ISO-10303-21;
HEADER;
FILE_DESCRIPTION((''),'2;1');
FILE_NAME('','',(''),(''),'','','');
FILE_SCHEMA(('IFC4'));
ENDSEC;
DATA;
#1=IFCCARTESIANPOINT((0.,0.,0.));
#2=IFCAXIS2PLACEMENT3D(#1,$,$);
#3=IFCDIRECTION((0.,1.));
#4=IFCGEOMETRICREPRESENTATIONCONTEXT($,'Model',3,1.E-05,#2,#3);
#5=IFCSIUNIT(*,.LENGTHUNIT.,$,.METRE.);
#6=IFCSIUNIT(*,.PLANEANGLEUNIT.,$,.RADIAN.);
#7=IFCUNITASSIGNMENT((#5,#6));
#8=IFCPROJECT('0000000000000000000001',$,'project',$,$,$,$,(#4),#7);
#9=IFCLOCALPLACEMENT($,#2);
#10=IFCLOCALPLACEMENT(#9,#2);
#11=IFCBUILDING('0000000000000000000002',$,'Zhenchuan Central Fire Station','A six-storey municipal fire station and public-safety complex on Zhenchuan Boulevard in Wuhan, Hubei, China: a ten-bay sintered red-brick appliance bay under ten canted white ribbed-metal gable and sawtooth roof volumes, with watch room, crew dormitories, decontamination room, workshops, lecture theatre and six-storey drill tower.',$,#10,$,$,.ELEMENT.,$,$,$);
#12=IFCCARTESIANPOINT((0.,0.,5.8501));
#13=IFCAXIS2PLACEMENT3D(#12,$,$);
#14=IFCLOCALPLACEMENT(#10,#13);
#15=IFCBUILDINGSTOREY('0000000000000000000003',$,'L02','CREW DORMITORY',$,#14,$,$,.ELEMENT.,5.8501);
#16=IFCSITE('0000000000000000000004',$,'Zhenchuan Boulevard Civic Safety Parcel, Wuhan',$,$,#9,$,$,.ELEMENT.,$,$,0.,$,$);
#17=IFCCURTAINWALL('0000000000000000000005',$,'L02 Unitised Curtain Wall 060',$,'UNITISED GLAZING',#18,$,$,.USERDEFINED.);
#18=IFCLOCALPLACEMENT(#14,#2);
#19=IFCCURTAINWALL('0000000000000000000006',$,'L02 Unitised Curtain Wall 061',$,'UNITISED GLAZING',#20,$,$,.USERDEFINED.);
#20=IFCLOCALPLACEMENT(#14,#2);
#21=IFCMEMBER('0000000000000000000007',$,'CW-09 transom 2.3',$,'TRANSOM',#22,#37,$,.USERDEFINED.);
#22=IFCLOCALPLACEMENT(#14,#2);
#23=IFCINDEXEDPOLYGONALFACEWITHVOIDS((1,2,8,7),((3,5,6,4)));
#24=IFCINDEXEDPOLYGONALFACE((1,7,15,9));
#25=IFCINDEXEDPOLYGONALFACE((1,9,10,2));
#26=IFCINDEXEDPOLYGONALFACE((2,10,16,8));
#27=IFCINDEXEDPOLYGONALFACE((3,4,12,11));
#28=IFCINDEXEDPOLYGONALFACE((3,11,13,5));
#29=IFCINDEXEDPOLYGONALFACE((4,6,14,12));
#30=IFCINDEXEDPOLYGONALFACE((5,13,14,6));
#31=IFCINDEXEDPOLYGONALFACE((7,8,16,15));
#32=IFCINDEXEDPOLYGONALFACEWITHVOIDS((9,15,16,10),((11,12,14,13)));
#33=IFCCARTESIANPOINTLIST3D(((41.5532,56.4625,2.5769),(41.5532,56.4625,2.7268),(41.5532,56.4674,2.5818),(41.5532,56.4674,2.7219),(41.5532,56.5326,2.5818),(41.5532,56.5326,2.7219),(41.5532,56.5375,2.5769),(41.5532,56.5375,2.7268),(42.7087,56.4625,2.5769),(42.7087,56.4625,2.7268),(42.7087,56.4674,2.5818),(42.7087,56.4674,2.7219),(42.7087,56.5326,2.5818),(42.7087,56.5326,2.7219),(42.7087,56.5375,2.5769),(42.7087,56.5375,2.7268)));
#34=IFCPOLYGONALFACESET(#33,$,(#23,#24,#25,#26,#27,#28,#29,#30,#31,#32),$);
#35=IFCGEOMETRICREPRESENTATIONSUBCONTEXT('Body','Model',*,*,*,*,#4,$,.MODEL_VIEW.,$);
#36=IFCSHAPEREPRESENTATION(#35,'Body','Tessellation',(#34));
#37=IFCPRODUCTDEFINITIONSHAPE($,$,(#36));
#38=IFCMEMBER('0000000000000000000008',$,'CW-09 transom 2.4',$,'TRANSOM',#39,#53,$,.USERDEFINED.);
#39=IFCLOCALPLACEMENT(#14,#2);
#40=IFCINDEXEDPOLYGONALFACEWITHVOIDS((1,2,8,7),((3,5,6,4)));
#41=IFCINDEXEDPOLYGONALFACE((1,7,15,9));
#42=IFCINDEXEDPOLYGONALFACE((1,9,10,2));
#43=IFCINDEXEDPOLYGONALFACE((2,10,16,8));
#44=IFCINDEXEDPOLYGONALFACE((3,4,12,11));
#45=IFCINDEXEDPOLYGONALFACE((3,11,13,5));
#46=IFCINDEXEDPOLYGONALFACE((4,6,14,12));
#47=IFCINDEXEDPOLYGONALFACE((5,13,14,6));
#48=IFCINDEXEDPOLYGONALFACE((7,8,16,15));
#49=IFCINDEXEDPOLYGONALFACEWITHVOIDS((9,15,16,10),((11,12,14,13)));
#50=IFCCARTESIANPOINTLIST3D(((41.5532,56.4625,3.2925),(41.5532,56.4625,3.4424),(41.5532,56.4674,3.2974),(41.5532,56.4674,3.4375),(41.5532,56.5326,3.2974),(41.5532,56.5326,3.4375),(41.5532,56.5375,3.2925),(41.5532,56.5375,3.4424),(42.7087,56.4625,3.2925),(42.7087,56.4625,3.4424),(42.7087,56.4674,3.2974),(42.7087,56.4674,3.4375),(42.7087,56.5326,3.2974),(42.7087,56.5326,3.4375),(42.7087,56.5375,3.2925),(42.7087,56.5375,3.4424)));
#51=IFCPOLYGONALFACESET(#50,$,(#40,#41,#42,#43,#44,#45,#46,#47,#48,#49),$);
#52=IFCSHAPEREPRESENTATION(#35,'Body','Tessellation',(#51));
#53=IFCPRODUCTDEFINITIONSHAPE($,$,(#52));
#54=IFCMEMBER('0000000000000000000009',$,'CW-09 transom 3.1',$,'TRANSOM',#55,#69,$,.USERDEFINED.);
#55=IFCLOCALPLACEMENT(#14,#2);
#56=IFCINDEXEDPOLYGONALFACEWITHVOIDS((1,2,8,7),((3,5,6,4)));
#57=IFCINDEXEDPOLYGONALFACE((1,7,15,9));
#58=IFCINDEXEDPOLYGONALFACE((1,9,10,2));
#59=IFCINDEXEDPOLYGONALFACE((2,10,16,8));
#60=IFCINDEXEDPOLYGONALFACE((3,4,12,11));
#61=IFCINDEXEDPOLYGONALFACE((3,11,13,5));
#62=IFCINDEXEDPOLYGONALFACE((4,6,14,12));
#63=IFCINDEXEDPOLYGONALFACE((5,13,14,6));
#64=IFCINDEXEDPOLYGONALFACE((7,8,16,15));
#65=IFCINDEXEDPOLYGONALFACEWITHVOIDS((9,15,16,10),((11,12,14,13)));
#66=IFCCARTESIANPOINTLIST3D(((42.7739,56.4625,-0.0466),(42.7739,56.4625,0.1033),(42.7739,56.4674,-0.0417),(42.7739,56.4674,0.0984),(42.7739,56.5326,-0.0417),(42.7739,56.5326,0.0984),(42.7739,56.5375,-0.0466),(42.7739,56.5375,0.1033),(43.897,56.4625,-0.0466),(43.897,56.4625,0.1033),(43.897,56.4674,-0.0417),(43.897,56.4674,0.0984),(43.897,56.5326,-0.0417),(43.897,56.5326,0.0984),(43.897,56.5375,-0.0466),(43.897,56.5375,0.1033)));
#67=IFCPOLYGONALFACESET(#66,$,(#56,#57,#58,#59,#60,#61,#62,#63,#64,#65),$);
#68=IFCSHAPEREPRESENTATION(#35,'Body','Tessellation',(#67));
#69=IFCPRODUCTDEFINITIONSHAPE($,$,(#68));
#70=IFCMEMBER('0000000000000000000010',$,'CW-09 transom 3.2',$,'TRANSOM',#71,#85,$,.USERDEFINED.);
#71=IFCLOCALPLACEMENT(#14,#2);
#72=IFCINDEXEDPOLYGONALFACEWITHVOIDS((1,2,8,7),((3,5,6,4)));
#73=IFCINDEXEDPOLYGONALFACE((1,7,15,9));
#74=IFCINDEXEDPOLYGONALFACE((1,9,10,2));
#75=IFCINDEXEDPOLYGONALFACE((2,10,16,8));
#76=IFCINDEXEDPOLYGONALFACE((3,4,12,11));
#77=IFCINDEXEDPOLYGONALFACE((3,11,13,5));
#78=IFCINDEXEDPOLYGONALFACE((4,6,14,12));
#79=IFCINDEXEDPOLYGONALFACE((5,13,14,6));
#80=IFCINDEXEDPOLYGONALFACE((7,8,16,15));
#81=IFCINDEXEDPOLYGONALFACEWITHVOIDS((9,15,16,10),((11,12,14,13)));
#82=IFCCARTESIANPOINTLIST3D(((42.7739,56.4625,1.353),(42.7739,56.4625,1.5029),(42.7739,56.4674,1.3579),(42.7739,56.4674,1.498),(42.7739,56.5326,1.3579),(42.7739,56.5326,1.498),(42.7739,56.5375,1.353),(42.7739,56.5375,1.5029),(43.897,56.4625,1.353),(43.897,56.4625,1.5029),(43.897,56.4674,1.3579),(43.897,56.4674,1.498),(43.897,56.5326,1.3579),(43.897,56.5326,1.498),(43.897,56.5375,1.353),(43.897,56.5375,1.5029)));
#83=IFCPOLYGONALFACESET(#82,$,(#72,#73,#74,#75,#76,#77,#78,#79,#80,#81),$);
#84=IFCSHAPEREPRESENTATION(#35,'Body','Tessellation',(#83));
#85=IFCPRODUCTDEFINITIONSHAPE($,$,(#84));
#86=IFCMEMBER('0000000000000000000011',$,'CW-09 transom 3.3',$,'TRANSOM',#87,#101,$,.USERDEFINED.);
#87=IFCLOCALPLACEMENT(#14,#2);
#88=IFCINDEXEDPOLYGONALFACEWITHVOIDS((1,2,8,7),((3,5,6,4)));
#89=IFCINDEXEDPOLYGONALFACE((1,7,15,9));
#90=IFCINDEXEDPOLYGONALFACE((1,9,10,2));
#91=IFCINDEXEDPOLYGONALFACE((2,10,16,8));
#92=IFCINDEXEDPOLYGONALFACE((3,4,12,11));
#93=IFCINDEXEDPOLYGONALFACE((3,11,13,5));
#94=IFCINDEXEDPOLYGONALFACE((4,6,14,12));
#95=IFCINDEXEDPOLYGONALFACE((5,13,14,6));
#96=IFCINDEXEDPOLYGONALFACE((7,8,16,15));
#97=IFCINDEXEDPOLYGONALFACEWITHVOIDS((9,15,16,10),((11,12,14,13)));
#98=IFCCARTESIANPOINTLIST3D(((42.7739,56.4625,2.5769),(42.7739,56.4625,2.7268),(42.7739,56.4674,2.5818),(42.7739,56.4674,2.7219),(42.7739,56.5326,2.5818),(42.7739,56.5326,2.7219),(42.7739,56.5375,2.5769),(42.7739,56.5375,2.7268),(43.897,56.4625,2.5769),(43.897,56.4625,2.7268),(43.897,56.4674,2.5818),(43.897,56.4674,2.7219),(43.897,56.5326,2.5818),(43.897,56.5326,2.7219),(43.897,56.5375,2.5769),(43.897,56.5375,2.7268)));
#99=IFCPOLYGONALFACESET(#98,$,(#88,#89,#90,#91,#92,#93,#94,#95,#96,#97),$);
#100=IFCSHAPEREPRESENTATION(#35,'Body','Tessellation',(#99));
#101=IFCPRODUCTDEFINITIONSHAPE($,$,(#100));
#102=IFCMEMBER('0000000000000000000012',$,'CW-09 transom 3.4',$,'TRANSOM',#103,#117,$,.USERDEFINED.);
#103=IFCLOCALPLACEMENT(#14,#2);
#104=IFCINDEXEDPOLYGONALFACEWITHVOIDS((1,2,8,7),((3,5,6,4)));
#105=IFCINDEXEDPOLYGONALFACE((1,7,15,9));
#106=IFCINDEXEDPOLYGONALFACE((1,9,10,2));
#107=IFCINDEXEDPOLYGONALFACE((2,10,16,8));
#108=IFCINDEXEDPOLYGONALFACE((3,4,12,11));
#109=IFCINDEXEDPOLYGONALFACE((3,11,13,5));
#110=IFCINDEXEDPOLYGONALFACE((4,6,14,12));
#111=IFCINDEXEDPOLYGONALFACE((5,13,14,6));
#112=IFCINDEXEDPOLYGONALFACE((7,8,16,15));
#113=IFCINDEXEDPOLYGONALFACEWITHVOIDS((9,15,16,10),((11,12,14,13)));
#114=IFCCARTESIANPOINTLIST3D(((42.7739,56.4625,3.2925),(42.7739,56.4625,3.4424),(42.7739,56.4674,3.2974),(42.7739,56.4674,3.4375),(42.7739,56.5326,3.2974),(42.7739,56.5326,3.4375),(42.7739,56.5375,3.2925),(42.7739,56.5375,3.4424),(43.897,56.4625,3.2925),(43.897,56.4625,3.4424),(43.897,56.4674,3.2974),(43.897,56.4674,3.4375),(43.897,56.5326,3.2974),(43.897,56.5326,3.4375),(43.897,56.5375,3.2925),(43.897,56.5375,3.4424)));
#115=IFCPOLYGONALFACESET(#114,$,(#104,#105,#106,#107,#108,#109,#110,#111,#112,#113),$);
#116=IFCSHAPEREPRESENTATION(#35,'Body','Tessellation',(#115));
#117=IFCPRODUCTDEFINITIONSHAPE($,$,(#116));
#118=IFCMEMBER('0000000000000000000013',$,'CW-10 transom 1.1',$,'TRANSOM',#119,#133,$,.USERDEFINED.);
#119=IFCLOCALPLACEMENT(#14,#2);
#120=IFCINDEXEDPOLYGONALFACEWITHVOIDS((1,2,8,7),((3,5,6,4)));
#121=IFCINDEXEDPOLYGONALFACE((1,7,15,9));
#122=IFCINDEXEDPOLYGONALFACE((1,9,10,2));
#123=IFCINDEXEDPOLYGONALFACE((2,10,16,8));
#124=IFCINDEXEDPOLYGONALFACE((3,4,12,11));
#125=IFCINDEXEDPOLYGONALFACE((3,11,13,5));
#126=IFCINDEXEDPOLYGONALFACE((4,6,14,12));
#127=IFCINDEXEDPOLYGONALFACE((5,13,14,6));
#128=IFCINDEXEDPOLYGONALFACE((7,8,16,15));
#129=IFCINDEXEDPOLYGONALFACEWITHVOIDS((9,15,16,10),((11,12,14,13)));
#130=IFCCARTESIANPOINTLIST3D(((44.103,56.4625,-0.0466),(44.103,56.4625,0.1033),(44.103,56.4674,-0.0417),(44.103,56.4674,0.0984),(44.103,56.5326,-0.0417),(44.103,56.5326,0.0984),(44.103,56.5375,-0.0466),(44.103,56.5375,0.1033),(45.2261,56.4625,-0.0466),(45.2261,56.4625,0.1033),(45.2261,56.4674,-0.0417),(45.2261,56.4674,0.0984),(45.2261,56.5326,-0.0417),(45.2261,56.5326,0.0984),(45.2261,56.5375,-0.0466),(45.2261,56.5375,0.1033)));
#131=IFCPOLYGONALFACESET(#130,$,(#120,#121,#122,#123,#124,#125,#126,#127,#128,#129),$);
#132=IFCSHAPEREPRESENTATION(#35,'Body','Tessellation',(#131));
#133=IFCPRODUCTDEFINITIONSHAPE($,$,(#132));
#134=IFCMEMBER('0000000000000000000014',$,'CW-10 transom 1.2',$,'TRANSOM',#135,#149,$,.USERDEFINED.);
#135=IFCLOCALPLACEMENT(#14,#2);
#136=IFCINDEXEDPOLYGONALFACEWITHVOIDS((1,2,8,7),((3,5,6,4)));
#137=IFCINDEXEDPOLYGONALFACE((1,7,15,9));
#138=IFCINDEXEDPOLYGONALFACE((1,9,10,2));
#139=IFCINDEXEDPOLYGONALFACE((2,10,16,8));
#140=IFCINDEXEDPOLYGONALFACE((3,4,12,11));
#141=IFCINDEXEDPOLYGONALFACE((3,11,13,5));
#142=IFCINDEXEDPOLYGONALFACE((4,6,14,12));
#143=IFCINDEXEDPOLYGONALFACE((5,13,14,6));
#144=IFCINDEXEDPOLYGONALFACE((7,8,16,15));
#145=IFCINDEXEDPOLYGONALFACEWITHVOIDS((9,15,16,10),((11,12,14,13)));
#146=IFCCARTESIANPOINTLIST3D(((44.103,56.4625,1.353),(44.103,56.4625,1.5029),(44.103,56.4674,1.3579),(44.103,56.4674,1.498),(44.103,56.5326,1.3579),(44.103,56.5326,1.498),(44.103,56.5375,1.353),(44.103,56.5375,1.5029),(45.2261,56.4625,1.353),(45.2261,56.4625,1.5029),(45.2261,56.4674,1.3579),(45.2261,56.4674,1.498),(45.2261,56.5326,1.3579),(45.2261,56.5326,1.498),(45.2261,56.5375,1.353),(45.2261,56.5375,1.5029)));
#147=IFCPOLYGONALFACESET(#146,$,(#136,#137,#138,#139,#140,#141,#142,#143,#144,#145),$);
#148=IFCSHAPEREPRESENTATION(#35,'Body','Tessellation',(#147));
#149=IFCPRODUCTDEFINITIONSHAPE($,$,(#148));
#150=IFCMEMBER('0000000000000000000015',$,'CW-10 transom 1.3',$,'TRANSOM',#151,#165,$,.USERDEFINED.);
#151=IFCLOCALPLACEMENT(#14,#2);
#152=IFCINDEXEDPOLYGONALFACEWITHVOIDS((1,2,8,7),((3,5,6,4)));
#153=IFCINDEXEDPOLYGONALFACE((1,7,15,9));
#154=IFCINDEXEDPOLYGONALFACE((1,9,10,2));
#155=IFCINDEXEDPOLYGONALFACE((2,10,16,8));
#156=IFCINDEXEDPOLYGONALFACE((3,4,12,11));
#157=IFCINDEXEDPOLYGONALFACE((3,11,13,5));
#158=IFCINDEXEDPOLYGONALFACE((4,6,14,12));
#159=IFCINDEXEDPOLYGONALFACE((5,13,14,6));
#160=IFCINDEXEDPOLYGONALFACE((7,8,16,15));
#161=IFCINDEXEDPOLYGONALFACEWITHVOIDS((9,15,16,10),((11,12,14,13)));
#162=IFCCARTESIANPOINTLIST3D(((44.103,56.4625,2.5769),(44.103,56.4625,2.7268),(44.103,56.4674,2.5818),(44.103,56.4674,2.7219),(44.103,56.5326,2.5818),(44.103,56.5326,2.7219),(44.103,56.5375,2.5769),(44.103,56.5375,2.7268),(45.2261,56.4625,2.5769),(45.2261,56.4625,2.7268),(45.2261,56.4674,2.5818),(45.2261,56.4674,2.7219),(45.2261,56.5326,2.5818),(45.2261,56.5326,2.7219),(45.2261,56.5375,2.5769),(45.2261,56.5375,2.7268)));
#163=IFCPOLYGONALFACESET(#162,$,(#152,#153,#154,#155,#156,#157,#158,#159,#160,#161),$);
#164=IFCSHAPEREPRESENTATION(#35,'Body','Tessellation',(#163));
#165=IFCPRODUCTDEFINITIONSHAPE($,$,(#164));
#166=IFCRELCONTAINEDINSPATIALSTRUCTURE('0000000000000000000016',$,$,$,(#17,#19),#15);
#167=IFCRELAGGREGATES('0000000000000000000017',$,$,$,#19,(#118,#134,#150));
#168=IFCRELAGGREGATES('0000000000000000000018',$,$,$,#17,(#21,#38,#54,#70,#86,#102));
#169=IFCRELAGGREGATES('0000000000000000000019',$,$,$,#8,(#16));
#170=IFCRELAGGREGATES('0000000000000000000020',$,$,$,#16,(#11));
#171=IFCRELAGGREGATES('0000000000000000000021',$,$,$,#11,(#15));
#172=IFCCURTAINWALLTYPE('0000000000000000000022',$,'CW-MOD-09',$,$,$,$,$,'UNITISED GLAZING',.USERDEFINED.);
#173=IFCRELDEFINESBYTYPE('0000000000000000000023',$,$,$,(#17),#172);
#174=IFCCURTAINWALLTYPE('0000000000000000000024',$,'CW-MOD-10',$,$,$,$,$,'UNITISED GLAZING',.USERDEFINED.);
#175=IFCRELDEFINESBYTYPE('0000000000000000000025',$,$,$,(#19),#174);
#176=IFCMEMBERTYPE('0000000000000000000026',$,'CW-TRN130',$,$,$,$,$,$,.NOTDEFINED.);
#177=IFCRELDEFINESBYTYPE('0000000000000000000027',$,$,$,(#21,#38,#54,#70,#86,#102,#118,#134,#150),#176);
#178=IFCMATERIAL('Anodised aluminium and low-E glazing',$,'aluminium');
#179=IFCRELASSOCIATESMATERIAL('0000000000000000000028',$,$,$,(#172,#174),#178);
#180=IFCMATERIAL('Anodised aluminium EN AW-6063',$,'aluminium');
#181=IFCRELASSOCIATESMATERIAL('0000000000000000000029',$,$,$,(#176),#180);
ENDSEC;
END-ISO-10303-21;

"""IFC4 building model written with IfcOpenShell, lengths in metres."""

from ifc_helpers import new_model, si_unit, direction, frame, origin, origin_2d, place, context, subcontext, project, spatial, hollow_rectangle, extrude, material, material_profile, profile_set, type_object, element, aggregate, save


model = new_model("IFC4")

# Units and contexts
model_context = context("Model", 3, precision=1e-05, world=origin(), true_north=direction((0.0, 1.0)))
body_context = subcontext(model_context, "Body", "Model", "MODEL_VIEW")
ifc_project = project(units=[si_unit("LENGTHUNIT", "METRE"), si_unit("PLANEANGLEUNIT", "RADIAN")], contexts=[model_context])

# Site, building, storey
site_placement = place(None, origin())
site = spatial("IfcSite", under=ifc_project, at=site_placement, Name="Zhenchuan Boulevard Civic Safety Parcel, Wuhan", CompositionType="ELEMENT", RefElevation=0.0)
building_placement = place(site_placement, origin())
building = spatial("IfcBuilding", under=site, at=building_placement, Name="Zhenchuan Central Fire Station", Description="A six-storey municipal fire station and public-safety complex on Zhenchuan Boulevard in Wuhan, Hubei, China: a ten-bay sintered red-brick appliance bay under ten canted white ribbed-metal gable and sawtooth roof volumes, with watch room, crew dormitories, decontamination room, workshops, lecture theatre and six-storey drill tower.", CompositionType="ELEMENT")
storey_placement = place(building_placement, frame((0.0, 0.0, 5.8501)))
storey = spatial("IfcBuildingStorey", under=building, at=storey_placement, Name="L02", Description="CREW DORMITORY", CompositionType="ELEMENT", Elevation=5.8501)

# Curtain wall
ifc_material_1 = material(Name="Anodised aluminium and low-E glazing", Category="aluminium")
curtain_wall_type_1 = type_object("IfcCurtainWallType", Name="CW-MOD-09", ElementType="UNITISED GLAZING", PredefinedType="USERDEFINED", material=ifc_material_1)
curtain_wall_1_placement = place(storey_placement, origin())
curtain_wall_1 = element("IfcCurtainWall", 1, at=curtain_wall_1_placement, inside=storey, type_object=curtain_wall_type_1, Name="L02 Unitised Curtain Wall 060", ObjectType="UNITISED GLAZING", PredefinedType="USERDEFINED")
ifc_material_2 = material(Name="Anodised aluminium EN AW-6063", Category="aluminium")

# Curtain wall
curtain_wall_type_2 = type_object("IfcCurtainWallType", Name="CW-MOD-10", ElementType="UNITISED GLAZING", PredefinedType="USERDEFINED", material=ifc_material_1)
curtain_wall_2_placement = place(storey_placement, origin())
curtain_wall_2 = element("IfcCurtainWall", 2, at=curtain_wall_2_placement, inside=storey, type_object=curtain_wall_type_2, Name="L02 Unitised Curtain Wall 061", ObjectType="UNITISED GLAZING", PredefinedType="USERDEFINED")

# Members
ifc_material_profile_1 = material_profile(ifc_material_2, hollow_rectangle(XDim=0.075, YDim=0.1499, WallThickness=0.0049, at=origin_2d()), Name="ALU-T 150x75")
ifc_profile_set_1 = profile_set([ifc_material_profile_1], Name="Anodised aluminium EN AW-6063")
member_type_1 = type_object("IfcMemberType", Name="CW-TRN130", PredefinedType="NOTDEFINED", material=ifc_profile_set_1)
member_1_placement = place(storey_placement, frame((41.5532, 56.5, 2.6519), z_axis=(1.0, 0.0, 0.0), x_axis=(0.0, 1.0, 0.0)))
member_1 = element("IfcMember", 3, at=member_1_placement, type_object=member_type_1, Name="CW-09 transom 2.3", ObjectType="TRANSOM", PredefinedType="USERDEFINED", context=body_context, shape_type="SweptSolid", body=[
    extrude(hollow_rectangle(XDim=0.075, YDim=0.1499, WallThickness=0.0049, at=origin_2d()), origin(), (0.0, 0.0, 1.0), 1.1555),
])
member_2_placement = place(storey_placement, frame((41.5532, 56.5, 3.3674), z_axis=(1.0, 0.0, 0.0), x_axis=(0.0, 1.0, 0.0)))
member_2 = element("IfcMember", 4, at=member_2_placement, type_object=member_type_1, Name="CW-09 transom 2.4", ObjectType="TRANSOM", PredefinedType="USERDEFINED", context=body_context, shape_type="SweptSolid", body=[
    extrude(hollow_rectangle(XDim=0.075, YDim=0.1499, WallThickness=0.0049, at=origin_2d()), origin(), (0.0, 0.0, 1.0), 1.1555),
])
member_3_placement = place(storey_placement, frame((42.7739, 56.5, 0.0283), z_axis=(1.0, 0.0, 0.0), x_axis=(0.0, 1.0, 0.0)))
member_3 = element("IfcMember", 5, at=member_3_placement, type_object=member_type_1, Name="CW-09 transom 3.1", ObjectType="TRANSOM", PredefinedType="USERDEFINED", context=body_context, shape_type="SweptSolid", body=[
    extrude(hollow_rectangle(XDim=0.075, YDim=0.1499, WallThickness=0.0049, at=origin_2d()), origin(), (0.0, 0.0, 1.0), 1.123),
])
member_4_placement = place(storey_placement, frame((42.7739, 56.5, 1.428), z_axis=(1.0, 0.0, 0.0), x_axis=(0.0, 1.0, 0.0)))
member_4 = element("IfcMember", 6, at=member_4_placement, type_object=member_type_1, Name="CW-09 transom 3.2", ObjectType="TRANSOM", PredefinedType="USERDEFINED", context=body_context, shape_type="SweptSolid", body=[
    extrude(hollow_rectangle(XDim=0.075, YDim=0.1499, WallThickness=0.0049, at=origin_2d()), origin(), (0.0, 0.0, 1.0), 1.123),
])
member_5_placement = place(storey_placement, frame((42.7739, 56.5, 2.6519), z_axis=(1.0, 0.0, 0.0), x_axis=(0.0, 1.0, 0.0)))
member_5 = element("IfcMember", 7, at=member_5_placement, type_object=member_type_1, Name="CW-09 transom 3.3", ObjectType="TRANSOM", PredefinedType="USERDEFINED", context=body_context, shape_type="SweptSolid", body=[
    extrude(hollow_rectangle(XDim=0.075, YDim=0.1499, WallThickness=0.0049, at=origin_2d()), origin(), (0.0, 0.0, 1.0), 1.123),
])
member_6_placement = place(storey_placement, frame((42.7739, 56.5, 3.3674), z_axis=(1.0, 0.0, 0.0), x_axis=(0.0, 1.0, 0.0)))
member_6 = element("IfcMember", 8, at=member_6_placement, type_object=member_type_1, Name="CW-09 transom 3.4", ObjectType="TRANSOM", PredefinedType="USERDEFINED", context=body_context, shape_type="SweptSolid", body=[
    extrude(hollow_rectangle(XDim=0.075, YDim=0.1499, WallThickness=0.0049, at=origin_2d()), origin(), (0.0, 0.0, 1.0), 1.123),
])
member_7_placement = place(storey_placement, frame((44.103, 56.5, 0.0283), z_axis=(1.0, 0.0, 0.0), x_axis=(0.0, 1.0, 0.0)))
member_7 = element("IfcMember", 9, at=member_7_placement, type_object=member_type_1, Name="CW-10 transom 1.1", ObjectType="TRANSOM", PredefinedType="USERDEFINED", context=body_context, shape_type="SweptSolid", body=[
    extrude(hollow_rectangle(XDim=0.075, YDim=0.1499, WallThickness=0.0049, at=origin_2d()), origin(), (0.0, 0.0, 1.0), 1.123),
])
member_8_placement = place(storey_placement, frame((44.103, 56.5, 1.428), z_axis=(1.0, 0.0, 0.0), x_axis=(0.0, 1.0, 0.0)))
member_8 = element("IfcMember", 10, at=member_8_placement, type_object=member_type_1, Name="CW-10 transom 1.2", ObjectType="TRANSOM", PredefinedType="USERDEFINED", context=body_context, shape_type="SweptSolid", body=[
    extrude(hollow_rectangle(XDim=0.075, YDim=0.1499, WallThickness=0.0049, at=origin_2d()), origin(), (0.0, 0.0, 1.0), 1.123),
])
member_9_placement = place(storey_placement, frame((44.103, 56.5, 2.6519), z_axis=(1.0, 0.0, 0.0), x_axis=(0.0, 1.0, 0.0)))
member_9 = element("IfcMember", 11, at=member_9_placement, type_object=member_type_1, Name="CW-10 transom 1.3", ObjectType="TRANSOM", PredefinedType="USERDEFINED", context=body_context, shape_type="SweptSolid", body=[
    extrude(hollow_rectangle(XDim=0.075, YDim=0.1499, WallThickness=0.0049, at=origin_2d()), origin(), (0.0, 0.0, 1.0), 1.123),
])
aggregate(curtain_wall_2, [member_7, member_8, member_9])

aggregate(curtain_wall_1, [member_1, member_2, member_3, member_4, member_5, member_6])

save(model, "model.ifc")
